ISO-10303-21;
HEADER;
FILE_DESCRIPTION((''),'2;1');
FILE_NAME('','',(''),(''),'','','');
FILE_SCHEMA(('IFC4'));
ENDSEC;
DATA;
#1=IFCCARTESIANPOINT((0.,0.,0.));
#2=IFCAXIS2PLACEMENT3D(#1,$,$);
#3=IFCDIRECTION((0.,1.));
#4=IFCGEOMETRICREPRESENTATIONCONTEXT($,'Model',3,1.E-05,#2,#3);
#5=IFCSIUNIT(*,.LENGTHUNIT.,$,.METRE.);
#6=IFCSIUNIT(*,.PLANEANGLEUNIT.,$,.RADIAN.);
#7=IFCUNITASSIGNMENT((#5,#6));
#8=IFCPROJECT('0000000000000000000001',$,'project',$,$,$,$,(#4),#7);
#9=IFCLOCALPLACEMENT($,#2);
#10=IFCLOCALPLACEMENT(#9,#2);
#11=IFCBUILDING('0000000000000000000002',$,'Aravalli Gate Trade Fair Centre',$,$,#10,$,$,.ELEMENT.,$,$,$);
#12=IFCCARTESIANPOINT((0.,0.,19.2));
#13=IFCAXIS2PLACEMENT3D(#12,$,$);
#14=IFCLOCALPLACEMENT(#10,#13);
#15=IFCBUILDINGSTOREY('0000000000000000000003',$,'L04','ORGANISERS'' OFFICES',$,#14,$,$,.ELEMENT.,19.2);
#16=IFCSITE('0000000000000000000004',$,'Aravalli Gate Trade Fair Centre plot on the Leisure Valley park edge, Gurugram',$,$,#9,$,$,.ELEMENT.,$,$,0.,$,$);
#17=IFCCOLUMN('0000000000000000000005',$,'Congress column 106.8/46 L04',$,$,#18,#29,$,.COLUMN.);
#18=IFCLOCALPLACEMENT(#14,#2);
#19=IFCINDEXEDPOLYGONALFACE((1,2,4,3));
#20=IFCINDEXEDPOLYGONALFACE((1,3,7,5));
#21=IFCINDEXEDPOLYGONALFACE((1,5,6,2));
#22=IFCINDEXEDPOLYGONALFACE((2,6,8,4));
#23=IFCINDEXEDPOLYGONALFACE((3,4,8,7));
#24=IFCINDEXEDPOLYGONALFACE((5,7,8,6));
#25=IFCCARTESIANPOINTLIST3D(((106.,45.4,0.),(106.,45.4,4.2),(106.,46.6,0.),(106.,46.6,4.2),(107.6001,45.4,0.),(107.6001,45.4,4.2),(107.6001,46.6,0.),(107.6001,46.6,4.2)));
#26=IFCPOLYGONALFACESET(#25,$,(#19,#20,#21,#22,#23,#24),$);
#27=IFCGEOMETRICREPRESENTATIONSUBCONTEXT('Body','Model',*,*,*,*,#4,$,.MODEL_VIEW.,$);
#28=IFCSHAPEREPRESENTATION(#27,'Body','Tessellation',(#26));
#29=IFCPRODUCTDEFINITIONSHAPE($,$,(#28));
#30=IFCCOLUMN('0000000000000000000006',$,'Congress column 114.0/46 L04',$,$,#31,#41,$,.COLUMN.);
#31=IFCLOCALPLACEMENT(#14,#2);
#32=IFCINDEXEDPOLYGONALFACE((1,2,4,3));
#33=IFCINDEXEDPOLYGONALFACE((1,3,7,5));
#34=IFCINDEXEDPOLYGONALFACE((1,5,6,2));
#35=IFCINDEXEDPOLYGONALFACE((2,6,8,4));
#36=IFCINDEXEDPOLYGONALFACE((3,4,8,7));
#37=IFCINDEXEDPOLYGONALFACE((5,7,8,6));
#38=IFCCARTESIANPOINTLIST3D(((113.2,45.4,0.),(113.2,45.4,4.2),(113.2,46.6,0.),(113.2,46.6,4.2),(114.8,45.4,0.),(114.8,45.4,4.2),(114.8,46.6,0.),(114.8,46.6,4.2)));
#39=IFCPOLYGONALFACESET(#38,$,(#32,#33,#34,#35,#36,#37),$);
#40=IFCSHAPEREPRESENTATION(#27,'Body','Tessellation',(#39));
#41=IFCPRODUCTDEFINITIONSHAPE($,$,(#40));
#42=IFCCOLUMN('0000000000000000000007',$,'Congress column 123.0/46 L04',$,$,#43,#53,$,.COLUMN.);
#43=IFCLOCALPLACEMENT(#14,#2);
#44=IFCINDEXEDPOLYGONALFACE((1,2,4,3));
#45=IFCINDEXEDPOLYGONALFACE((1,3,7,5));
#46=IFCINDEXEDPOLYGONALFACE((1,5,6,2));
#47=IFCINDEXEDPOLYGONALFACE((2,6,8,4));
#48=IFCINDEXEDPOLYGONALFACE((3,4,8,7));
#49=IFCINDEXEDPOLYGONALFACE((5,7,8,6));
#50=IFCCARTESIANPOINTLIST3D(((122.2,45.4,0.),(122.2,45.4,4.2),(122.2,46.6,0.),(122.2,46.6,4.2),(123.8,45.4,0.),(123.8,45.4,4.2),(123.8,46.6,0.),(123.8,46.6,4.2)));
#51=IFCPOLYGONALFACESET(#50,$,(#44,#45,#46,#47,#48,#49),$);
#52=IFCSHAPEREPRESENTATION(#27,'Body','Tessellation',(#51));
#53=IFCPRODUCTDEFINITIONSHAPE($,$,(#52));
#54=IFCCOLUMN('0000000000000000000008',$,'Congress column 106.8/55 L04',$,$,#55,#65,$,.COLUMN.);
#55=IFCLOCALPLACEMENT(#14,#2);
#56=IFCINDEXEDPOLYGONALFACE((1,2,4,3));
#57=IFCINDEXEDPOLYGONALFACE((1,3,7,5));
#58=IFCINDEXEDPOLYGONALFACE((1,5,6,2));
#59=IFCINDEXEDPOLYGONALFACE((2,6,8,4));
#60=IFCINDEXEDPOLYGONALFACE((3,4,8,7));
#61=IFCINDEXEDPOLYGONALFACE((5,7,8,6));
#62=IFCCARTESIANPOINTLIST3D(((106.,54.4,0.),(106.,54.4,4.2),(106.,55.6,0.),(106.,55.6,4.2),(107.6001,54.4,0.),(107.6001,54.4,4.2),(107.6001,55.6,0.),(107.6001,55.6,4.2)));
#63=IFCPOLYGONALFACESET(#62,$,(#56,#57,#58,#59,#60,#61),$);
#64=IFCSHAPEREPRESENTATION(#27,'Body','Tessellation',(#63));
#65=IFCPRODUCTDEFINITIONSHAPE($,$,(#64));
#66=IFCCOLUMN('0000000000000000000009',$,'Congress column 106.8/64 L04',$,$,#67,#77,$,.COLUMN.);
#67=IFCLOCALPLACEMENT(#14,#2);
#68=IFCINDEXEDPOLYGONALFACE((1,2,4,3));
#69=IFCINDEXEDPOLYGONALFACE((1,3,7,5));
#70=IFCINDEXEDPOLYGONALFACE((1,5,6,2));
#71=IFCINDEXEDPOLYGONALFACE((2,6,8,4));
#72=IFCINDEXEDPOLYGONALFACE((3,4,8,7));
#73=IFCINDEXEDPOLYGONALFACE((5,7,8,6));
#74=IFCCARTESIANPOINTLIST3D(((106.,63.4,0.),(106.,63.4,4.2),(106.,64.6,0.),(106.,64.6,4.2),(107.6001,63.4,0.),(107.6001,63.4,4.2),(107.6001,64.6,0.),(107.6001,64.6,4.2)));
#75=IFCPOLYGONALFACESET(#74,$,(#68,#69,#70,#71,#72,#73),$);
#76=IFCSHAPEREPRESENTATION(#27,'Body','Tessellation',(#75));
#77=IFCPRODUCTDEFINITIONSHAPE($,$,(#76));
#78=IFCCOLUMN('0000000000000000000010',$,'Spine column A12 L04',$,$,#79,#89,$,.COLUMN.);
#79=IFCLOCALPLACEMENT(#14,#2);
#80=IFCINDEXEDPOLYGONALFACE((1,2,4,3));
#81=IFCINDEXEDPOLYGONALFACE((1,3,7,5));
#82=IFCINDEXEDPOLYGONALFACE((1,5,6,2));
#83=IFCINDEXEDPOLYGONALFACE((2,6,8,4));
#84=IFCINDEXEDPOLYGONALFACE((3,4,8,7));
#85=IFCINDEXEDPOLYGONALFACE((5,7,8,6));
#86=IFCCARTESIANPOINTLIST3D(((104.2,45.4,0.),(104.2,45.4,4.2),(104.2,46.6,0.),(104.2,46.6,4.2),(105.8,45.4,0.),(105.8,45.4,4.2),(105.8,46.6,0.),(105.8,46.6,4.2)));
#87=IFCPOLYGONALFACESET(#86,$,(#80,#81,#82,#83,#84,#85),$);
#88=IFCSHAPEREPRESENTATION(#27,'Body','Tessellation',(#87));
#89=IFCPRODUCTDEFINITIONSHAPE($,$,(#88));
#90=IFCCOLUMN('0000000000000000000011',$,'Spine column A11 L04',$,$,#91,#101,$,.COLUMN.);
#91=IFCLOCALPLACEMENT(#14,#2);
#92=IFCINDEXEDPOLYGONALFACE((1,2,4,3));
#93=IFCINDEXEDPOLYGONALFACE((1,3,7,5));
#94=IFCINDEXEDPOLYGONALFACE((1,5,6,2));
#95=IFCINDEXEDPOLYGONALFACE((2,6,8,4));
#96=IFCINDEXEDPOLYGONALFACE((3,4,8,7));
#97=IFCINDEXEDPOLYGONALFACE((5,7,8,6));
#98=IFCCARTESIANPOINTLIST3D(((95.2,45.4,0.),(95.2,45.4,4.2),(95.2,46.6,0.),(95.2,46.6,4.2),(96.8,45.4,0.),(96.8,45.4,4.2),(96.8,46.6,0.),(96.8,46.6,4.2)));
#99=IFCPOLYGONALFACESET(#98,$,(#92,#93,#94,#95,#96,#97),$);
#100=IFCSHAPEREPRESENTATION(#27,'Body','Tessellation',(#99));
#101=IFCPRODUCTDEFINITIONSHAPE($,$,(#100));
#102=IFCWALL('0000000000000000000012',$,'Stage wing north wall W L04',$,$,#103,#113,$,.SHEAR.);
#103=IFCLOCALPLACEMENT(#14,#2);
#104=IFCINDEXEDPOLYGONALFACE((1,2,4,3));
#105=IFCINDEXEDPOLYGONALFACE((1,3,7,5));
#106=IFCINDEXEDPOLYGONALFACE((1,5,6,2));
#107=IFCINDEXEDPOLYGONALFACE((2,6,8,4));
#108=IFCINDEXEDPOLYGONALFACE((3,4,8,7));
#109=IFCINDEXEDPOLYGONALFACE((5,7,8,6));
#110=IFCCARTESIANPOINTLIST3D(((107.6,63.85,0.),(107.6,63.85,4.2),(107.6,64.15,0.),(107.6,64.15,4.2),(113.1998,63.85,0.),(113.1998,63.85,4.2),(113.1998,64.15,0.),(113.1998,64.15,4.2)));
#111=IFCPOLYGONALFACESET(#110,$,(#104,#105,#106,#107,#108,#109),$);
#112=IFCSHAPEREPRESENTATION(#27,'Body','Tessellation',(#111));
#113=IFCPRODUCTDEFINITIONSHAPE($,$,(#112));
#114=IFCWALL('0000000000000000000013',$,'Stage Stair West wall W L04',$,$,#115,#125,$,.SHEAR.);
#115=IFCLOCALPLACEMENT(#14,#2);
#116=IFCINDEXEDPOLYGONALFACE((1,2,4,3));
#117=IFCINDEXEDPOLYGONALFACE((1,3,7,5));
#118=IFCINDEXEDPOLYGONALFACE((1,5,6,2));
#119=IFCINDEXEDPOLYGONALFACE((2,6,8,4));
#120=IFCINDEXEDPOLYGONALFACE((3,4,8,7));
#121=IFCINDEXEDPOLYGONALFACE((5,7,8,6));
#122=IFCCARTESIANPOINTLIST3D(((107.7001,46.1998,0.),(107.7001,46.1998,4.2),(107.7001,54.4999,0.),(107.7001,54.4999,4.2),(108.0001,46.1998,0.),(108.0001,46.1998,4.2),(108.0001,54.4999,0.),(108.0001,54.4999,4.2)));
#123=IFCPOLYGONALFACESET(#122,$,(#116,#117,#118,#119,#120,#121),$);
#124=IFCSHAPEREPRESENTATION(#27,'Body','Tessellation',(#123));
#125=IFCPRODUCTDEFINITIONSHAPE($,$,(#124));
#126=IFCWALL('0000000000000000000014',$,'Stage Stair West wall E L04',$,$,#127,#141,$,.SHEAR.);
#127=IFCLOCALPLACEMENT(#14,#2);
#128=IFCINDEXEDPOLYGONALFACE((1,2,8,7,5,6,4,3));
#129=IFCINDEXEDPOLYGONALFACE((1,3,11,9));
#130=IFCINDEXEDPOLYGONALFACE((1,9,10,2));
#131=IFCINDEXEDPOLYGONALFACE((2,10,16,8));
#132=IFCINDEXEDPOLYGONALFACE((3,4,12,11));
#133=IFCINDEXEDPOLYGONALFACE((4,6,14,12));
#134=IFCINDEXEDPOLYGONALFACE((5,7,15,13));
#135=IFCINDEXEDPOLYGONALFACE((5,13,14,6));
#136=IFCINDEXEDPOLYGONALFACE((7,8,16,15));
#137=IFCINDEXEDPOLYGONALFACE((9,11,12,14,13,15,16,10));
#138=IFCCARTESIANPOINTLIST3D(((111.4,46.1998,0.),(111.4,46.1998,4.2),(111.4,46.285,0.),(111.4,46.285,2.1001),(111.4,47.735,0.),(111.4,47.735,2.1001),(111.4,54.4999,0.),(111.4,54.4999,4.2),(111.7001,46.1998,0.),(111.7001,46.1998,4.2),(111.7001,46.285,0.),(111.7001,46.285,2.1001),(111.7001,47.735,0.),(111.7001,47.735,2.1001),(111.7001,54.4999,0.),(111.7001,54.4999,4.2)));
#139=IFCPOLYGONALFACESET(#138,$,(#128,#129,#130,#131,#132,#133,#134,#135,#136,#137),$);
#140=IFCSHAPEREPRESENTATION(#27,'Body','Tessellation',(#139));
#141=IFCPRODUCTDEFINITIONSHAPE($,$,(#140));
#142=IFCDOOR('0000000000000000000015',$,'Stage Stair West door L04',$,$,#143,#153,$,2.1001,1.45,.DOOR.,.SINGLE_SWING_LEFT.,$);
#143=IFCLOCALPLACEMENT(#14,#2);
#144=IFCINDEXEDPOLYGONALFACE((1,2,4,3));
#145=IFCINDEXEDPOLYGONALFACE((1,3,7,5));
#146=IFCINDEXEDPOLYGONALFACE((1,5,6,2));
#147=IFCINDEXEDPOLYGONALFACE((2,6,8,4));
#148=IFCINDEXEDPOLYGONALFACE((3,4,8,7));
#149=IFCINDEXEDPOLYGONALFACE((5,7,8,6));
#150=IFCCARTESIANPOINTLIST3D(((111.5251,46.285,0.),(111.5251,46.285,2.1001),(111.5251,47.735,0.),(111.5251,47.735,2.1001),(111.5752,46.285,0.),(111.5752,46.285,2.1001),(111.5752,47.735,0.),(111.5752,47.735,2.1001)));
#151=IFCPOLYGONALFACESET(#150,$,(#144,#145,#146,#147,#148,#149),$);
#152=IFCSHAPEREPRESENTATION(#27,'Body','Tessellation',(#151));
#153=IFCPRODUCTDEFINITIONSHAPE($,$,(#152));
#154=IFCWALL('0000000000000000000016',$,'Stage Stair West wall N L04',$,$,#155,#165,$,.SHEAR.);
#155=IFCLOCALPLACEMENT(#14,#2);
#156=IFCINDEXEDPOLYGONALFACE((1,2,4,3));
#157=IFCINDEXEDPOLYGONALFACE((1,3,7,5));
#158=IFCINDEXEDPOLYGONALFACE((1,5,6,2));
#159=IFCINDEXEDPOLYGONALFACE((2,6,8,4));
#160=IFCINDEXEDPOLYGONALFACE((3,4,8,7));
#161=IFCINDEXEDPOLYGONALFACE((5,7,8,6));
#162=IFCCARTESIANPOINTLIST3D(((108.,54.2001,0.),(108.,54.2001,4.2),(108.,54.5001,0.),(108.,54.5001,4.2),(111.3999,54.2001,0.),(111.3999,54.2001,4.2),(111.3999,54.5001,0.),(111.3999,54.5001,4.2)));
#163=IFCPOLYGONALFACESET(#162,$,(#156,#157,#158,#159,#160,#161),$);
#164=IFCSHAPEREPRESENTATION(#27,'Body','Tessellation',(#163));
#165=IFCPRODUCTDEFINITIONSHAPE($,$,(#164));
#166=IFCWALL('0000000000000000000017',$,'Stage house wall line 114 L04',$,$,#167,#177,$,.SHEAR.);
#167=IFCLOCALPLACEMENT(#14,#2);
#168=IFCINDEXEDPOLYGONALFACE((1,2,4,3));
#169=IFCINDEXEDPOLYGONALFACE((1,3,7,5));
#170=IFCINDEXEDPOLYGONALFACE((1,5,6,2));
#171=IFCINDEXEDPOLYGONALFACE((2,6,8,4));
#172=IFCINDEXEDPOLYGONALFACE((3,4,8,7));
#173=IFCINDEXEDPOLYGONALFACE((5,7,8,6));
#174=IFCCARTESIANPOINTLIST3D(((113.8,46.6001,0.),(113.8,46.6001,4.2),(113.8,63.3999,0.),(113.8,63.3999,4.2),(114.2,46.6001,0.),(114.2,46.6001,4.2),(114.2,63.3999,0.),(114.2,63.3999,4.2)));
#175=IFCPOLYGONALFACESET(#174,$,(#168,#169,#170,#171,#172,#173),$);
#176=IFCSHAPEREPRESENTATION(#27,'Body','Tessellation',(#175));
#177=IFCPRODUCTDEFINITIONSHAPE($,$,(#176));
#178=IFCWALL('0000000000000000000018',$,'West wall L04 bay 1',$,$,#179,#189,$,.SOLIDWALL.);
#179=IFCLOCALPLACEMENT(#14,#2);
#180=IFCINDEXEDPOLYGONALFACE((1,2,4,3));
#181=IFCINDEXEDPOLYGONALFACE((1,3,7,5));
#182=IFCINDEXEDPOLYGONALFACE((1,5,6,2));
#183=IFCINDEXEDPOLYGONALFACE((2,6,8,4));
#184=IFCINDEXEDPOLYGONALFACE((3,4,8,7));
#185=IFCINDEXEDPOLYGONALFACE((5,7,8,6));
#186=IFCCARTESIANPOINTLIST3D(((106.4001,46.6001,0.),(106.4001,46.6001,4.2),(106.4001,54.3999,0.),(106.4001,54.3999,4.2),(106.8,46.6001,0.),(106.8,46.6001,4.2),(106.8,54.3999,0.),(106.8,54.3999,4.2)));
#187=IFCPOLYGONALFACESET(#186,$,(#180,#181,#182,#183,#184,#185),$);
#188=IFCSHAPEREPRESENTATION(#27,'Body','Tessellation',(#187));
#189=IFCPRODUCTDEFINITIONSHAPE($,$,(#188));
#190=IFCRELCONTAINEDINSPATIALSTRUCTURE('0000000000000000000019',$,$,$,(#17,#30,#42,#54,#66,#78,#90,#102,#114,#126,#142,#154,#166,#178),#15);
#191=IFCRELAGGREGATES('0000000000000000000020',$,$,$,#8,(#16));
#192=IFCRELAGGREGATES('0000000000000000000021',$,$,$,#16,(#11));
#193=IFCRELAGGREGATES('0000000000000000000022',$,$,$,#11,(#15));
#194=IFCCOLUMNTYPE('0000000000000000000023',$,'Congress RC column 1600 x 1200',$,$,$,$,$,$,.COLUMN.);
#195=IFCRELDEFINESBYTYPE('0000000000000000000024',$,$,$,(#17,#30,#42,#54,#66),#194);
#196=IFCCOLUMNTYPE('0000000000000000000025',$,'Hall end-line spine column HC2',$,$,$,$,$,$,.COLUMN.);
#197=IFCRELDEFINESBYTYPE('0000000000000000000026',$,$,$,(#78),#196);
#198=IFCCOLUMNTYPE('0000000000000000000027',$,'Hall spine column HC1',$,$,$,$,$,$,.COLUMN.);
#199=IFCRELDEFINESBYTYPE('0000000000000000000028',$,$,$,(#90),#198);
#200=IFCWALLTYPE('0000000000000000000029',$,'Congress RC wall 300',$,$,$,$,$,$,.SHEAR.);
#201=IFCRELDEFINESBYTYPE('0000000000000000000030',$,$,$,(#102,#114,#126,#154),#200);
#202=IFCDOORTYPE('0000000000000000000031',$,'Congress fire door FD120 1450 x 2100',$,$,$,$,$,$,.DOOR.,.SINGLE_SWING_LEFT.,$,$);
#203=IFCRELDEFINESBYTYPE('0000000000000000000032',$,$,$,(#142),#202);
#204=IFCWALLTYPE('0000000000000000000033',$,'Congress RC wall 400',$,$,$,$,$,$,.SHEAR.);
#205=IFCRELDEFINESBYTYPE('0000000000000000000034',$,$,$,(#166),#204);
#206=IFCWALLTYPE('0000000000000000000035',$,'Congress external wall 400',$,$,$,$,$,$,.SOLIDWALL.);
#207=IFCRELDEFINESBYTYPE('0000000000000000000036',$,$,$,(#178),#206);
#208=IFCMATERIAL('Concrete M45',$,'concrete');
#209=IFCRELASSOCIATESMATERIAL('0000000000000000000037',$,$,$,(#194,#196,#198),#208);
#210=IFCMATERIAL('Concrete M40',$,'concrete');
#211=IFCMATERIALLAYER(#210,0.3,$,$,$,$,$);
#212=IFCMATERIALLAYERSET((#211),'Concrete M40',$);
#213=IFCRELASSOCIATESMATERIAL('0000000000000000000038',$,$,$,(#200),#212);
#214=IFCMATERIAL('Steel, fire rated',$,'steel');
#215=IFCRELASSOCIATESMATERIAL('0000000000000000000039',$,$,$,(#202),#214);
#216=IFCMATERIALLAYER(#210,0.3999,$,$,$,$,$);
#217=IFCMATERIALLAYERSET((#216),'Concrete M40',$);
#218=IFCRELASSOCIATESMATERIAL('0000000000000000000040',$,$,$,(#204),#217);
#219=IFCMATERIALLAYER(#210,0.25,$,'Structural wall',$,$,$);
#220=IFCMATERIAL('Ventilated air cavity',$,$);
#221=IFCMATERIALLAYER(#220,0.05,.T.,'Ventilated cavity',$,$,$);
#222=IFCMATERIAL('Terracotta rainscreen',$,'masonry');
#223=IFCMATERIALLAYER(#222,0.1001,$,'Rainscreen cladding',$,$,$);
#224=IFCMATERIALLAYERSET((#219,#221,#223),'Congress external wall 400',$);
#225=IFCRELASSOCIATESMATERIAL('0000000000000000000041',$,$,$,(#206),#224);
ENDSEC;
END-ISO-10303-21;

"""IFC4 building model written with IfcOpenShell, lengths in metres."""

from ifc_helpers import new_model, si_unit, direction, frame, frame_2d, origin, origin_2d, place, context, subcontext, project, spatial, rectangle, extrude, material, layer, layer_set, material_profile, profile_set, type_object, element, fill, save


model = new_model("IFC4")

# Units and contexts
model_context = context("Model", 3, precision=1e-05, world=origin(), true_north=direction((0.0, 1.0)))
body_context = subcontext(model_context, "Body", "Model", "MODEL_VIEW")
ifc_project = project(units=[si_unit("LENGTHUNIT", "METRE"), si_unit("PLANEANGLEUNIT", "RADIAN")], contexts=[model_context])

# Site, building, storey
site_placement = place(None, origin())
site = spatial("IfcSite", under=ifc_project, at=site_placement, Name="Aravalli Gate Trade Fair Centre plot on the Leisure Valley park edge, Gurugram", CompositionType="ELEMENT", RefElevation=0.0)
building_placement = place(site_placement, origin())
building = spatial("IfcBuilding", under=site, at=building_placement, Name="Aravalli Gate Trade Fair Centre", CompositionType="ELEMENT")
storey_placement = place(building_placement, frame((0.0, 0.0, 19.2)))
storey = spatial("IfcBuildingStorey", under=building, at=storey_placement, Name="L04", Description="ORGANISERS' OFFICES", CompositionType="ELEMENT", Elevation=19.2)

# Columns
ifc_material_1 = material(Name="Concrete M45", Category="concrete")
ifc_material_profile_1 = material_profile(ifc_material_1, rectangle(XDim=1.6001, YDim=1.2, at=origin_2d()), Name="RC 1600x1200")
ifc_profile_set_1 = profile_set([ifc_material_profile_1], Name="Concrete M45")
column_type_1 = type_object("IfcColumnType", Name="Congress RC column 1600 x 1200", PredefinedType="COLUMN", material=ifc_profile_set_1)
for number, where, z_axis, x_axis, name in (
    (1, (106.8, 46.0, 0.0), (0.0, 0.0, 1.0), (1.0, 0.0, 0.0), "Congress column 106.8/46 L04"),
    (2, (114.0, 46.0, 0.0), (0.0, 0.0, 1.0), (1.0, 0.0, 0.0), "Congress column 114.0/46 L04"),
    (3, (123.0, 46.0, 0.0), (0.0, 0.0, 1.0), (1.0, 0.0, 0.0), "Congress column 123.0/46 L04"),
    (4, (106.8, 55.0, 0.0), (0.0, 0.0, 1.0), (1.0, 0.0, 0.0), "Congress column 106.8/55 L04"),
    (5, (106.8, 64.0, 0.0), (0.0, 0.0, 1.0), (1.0, 0.0, 0.0), "Congress column 106.8/64 L04"),
):
    element("IfcColumn", number, at=place(storey_placement, frame(where, z_axis=z_axis, x_axis=x_axis)), inside=storey, type_object=column_type_1, Name=name, PredefinedType="COLUMN", context=body_context, shape_type="SweptSolid", body=[
        extrude(rectangle(XDim=1.6001, YDim=1.2, at=origin_2d()), origin(), (0.0, 0.0, 1.0), 4.2),
    ])
ifc_material_profile_2 = material_profile(ifc_material_1, rectangle(XDim=1.6001, YDim=1.2, at=origin_2d()), Name="RC 1600x1200")
ifc_profile_set_2 = profile_set([ifc_material_profile_2], Name="Concrete M45")
column_type_2 = type_object("IfcColumnType", Name="Hall end-line spine column HC2", PredefinedType="COLUMN", material=ifc_profile_set_2)
column_1_placement = place(storey_placement, frame((105.0, 46.0, 0.0), z_axis=(0.0, 0.0, 1.0), x_axis=(1.0, 0.0, 0.0)))
element("IfcColumn", 6, at=column_1_placement, inside=storey, type_object=column_type_2, Name="Spine column A12 L04", PredefinedType="COLUMN", context=body_context, shape_type="SweptSolid", body=[
    extrude(rectangle(XDim=1.6001, YDim=1.2, at=origin_2d()), origin(), (0.0, 0.0, 1.0), 4.2),
])
ifc_material_profile_3 = material_profile(ifc_material_1, rectangle(XDim=1.6001, YDim=1.2, at=origin_2d()), Name="RC 1600x1200")
ifc_profile_set_3 = profile_set([ifc_material_profile_3], Name="Concrete M45")
column_type_3 = type_object("IfcColumnType", Name="Hall spine column HC1", PredefinedType="COLUMN", material=ifc_profile_set_3)
column_2_placement = place(storey_placement, frame((96.0, 46.0, 0.0), z_axis=(0.0, 0.0, 1.0), x_axis=(1.0, 0.0, 0.0)))
element("IfcColumn", 7, at=column_2_placement, inside=storey, type_object=column_type_3, Name="Spine column A11 L04", PredefinedType="COLUMN", context=body_context, shape_type="SweptSolid", body=[
    extrude(rectangle(XDim=1.6001, YDim=1.2, at=origin_2d()), origin(), (0.0, 0.0, 1.0), 4.2),
])

# Walls
ifc_material_2 = material(Name="Concrete M40", Category="concrete")
ifc_layer_1 = layer(ifc_material_2, 0.3)
ifc_layer_set_1 = layer_set([ifc_layer_1], Name="Concrete M40")
wall_type_1 = type_object("IfcWallType", Name="Congress RC wall 300", PredefinedType="SHEAR", material=ifc_layer_set_1)
wall_1_placement = place(storey_placement, frame((107.6001, 64.0, 0.0), z_axis=(0.0, 0.0, 1.0), x_axis=(1.0, 0.0, 0.0)))
element("IfcWall", 8, at=wall_1_placement, inside=storey, type_object=wall_type_1, Name="Stage wing north wall W L04", PredefinedType="SHEAR", context=body_context, shape_type="SweptSolid", body=[
    extrude(rectangle(XDim=5.5999, YDim=0.3, at=frame_2d((2.7998, 0.0))), origin(), (0.0, 0.0, 1.0), 4.2),
])
wall_2_placement = place(storey_placement, frame((107.8501, 46.2, 0.0), z_axis=(0.0, 0.0, 1.0), x_axis=(0.0, 1.0, 0.0)))
element("IfcWall", 9, at=wall_2_placement, inside=storey, type_object=wall_type_1, Name="Stage Stair West wall W L04", PredefinedType="SHEAR", context=body_context, shape_type="SweptSolid", body=[
    extrude(rectangle(XDim=8.3, YDim=0.3, at=frame_2d((4.1499, 0.0))), origin(), (0.0, 0.0, 1.0), 4.2),
])

# Wall, opening, door
wall_3_placement = place(storey_placement, frame((111.55, 46.2, 0.0), z_axis=(0.0, 0.0, 1.0), x_axis=(0.0, 1.0, 0.0)))
wall_3 = element("IfcWall", 10, at=wall_3_placement, inside=storey, type_object=wall_type_1, Name="Stage Stair West wall E L04", PredefinedType="SHEAR", context=body_context, shape_type="SweptSolid", body=[
    extrude(rectangle(XDim=8.3, YDim=0.3, at=frame_2d((4.1499, 0.0))), origin(), (0.0, 0.0, 1.0), 4.2),
])
opening_1_placement = place(wall_3_placement, frame((0.085, 0.0, 0.0)))
opening_1 = element("IfcOpeningElement", 11, at=opening_1_placement, cuts=wall_3, PredefinedType="OPENING", context=body_context, shape_type="SweptSolid", body=[
    extrude(rectangle(XDim=1.45, YDim=2.1001, at=frame_2d((0.7251, 1.05))), frame((0.0, 0.1599, 0.0), z_axis=(0.0, -1.0, 0.0), x_axis=(1.0, 0.0, 0.0)), (0.0, 0.0, 1.0), 0.3201),
])
ifc_material_3 = material(Name="Steel, fire rated", Category="steel")
door_type_1 = type_object("IfcDoorType", Name="Congress fire door FD120 1450 x 2100", OperationType="SINGLE_SWING_LEFT", PredefinedType="DOOR", material=ifc_material_3)
door_1_placement = place(opening_1_placement, origin())
door_1 = element("IfcDoor", 12, at=door_1_placement, inside=storey, type_object=door_type_1, Name="Stage Stair West door L04", OperationType="SINGLE_SWING_LEFT", OverallHeight=2.1001, OverallWidth=1.45, PredefinedType="DOOR", context=body_context, shape_type="SweptSolid", body=[
    extrude(rectangle(XDim=1.45, YDim=2.1001, at=frame_2d((0.7251, 1.05))), frame((0.0, 0.0249, 0.0), z_axis=(0.0, -1.0, 0.0), x_axis=(1.0, 0.0, 0.0)), (0.0, 0.0, 1.0), 0.05),
])
fill(opening_1, door_1)

# Walls
wall_4_placement = place(storey_placement, frame((108.0, 54.3501, 0.0), z_axis=(0.0, 0.0, 1.0), x_axis=(1.0, 0.0, 0.0)))
element("IfcWall", 13, at=wall_4_placement, inside=storey, type_object=wall_type_1, Name="Stage Stair West wall N L04", PredefinedType="SHEAR", context=body_context, shape_type="SweptSolid", body=[
    extrude(rectangle(XDim=3.3999, YDim=0.3, at=frame_2d((1.7, 0.0))), origin(), (0.0, 0.0, 1.0), 4.2),
])
ifc_layer_2 = layer(ifc_material_2, 0.3999)
ifc_layer_set_2 = layer_set([ifc_layer_2], Name="Concrete M40")
wall_type_2 = type_object("IfcWallType", Name="Congress RC wall 400", PredefinedType="SHEAR", material=ifc_layer_set_2)
wall_5_placement = place(storey_placement, frame((114.0, 46.6001, 0.0), z_axis=(0.0, 0.0, 1.0), x_axis=(0.0, 1.0, 0.0)))
element("IfcWall", 14, at=wall_5_placement, inside=storey, type_object=wall_type_2, Name="Stage house wall line 114 L04", PredefinedType="SHEAR", context=body_context, shape_type="SweptSolid", body=[
    extrude(rectangle(XDim=16.7998, YDim=0.3999, at=frame_2d((8.3999, 0.0))), origin(), (0.0, 0.0, 1.0), 4.2),
])
ifc_layer_3 = layer(ifc_material_2, 0.25, Name="Structural wall")
ifc_material_4 = material(Name="Ventilated air cavity")
ifc_layer_4 = layer(ifc_material_4, 0.05, ventilated=True, Name="Ventilated cavity")
ifc_material_5 = material(Name="Terracotta rainscreen", Category="masonry")
ifc_layer_5 = layer(ifc_material_5, 0.1001, Name="Rainscreen cladding")
ifc_layer_set_3 = layer_set([ifc_layer_3, ifc_layer_4, ifc_layer_5], Name="Congress external wall 400")
wall_type_3 = type_object("IfcWallType", Name="Congress external wall 400", PredefinedType="SOLIDWALL", material=ifc_layer_set_3)
for number, where, z_axis, x_axis, name in (
    (15, (106.6001, 46.6001, 0.0), (0.0, 0.0, 1.0), (0.0, 1.0, 0.0), "West wall L04 bay 1"),
):
    element("IfcWall", number, at=place(storey_placement, frame(where, z_axis=z_axis, x_axis=x_axis)), inside=storey, type_object=wall_type_3, Name=name, PredefinedType="SOLIDWALL", context=body_context, shape_type="SweptSolid", body=[
        extrude(rectangle(XDim=7.7998, YDim=0.3999, at=frame_2d((3.8999, 0.0))), origin(), (0.0, 0.0, 1.0), 4.2),
    ])

save(model, "model.ifc")
